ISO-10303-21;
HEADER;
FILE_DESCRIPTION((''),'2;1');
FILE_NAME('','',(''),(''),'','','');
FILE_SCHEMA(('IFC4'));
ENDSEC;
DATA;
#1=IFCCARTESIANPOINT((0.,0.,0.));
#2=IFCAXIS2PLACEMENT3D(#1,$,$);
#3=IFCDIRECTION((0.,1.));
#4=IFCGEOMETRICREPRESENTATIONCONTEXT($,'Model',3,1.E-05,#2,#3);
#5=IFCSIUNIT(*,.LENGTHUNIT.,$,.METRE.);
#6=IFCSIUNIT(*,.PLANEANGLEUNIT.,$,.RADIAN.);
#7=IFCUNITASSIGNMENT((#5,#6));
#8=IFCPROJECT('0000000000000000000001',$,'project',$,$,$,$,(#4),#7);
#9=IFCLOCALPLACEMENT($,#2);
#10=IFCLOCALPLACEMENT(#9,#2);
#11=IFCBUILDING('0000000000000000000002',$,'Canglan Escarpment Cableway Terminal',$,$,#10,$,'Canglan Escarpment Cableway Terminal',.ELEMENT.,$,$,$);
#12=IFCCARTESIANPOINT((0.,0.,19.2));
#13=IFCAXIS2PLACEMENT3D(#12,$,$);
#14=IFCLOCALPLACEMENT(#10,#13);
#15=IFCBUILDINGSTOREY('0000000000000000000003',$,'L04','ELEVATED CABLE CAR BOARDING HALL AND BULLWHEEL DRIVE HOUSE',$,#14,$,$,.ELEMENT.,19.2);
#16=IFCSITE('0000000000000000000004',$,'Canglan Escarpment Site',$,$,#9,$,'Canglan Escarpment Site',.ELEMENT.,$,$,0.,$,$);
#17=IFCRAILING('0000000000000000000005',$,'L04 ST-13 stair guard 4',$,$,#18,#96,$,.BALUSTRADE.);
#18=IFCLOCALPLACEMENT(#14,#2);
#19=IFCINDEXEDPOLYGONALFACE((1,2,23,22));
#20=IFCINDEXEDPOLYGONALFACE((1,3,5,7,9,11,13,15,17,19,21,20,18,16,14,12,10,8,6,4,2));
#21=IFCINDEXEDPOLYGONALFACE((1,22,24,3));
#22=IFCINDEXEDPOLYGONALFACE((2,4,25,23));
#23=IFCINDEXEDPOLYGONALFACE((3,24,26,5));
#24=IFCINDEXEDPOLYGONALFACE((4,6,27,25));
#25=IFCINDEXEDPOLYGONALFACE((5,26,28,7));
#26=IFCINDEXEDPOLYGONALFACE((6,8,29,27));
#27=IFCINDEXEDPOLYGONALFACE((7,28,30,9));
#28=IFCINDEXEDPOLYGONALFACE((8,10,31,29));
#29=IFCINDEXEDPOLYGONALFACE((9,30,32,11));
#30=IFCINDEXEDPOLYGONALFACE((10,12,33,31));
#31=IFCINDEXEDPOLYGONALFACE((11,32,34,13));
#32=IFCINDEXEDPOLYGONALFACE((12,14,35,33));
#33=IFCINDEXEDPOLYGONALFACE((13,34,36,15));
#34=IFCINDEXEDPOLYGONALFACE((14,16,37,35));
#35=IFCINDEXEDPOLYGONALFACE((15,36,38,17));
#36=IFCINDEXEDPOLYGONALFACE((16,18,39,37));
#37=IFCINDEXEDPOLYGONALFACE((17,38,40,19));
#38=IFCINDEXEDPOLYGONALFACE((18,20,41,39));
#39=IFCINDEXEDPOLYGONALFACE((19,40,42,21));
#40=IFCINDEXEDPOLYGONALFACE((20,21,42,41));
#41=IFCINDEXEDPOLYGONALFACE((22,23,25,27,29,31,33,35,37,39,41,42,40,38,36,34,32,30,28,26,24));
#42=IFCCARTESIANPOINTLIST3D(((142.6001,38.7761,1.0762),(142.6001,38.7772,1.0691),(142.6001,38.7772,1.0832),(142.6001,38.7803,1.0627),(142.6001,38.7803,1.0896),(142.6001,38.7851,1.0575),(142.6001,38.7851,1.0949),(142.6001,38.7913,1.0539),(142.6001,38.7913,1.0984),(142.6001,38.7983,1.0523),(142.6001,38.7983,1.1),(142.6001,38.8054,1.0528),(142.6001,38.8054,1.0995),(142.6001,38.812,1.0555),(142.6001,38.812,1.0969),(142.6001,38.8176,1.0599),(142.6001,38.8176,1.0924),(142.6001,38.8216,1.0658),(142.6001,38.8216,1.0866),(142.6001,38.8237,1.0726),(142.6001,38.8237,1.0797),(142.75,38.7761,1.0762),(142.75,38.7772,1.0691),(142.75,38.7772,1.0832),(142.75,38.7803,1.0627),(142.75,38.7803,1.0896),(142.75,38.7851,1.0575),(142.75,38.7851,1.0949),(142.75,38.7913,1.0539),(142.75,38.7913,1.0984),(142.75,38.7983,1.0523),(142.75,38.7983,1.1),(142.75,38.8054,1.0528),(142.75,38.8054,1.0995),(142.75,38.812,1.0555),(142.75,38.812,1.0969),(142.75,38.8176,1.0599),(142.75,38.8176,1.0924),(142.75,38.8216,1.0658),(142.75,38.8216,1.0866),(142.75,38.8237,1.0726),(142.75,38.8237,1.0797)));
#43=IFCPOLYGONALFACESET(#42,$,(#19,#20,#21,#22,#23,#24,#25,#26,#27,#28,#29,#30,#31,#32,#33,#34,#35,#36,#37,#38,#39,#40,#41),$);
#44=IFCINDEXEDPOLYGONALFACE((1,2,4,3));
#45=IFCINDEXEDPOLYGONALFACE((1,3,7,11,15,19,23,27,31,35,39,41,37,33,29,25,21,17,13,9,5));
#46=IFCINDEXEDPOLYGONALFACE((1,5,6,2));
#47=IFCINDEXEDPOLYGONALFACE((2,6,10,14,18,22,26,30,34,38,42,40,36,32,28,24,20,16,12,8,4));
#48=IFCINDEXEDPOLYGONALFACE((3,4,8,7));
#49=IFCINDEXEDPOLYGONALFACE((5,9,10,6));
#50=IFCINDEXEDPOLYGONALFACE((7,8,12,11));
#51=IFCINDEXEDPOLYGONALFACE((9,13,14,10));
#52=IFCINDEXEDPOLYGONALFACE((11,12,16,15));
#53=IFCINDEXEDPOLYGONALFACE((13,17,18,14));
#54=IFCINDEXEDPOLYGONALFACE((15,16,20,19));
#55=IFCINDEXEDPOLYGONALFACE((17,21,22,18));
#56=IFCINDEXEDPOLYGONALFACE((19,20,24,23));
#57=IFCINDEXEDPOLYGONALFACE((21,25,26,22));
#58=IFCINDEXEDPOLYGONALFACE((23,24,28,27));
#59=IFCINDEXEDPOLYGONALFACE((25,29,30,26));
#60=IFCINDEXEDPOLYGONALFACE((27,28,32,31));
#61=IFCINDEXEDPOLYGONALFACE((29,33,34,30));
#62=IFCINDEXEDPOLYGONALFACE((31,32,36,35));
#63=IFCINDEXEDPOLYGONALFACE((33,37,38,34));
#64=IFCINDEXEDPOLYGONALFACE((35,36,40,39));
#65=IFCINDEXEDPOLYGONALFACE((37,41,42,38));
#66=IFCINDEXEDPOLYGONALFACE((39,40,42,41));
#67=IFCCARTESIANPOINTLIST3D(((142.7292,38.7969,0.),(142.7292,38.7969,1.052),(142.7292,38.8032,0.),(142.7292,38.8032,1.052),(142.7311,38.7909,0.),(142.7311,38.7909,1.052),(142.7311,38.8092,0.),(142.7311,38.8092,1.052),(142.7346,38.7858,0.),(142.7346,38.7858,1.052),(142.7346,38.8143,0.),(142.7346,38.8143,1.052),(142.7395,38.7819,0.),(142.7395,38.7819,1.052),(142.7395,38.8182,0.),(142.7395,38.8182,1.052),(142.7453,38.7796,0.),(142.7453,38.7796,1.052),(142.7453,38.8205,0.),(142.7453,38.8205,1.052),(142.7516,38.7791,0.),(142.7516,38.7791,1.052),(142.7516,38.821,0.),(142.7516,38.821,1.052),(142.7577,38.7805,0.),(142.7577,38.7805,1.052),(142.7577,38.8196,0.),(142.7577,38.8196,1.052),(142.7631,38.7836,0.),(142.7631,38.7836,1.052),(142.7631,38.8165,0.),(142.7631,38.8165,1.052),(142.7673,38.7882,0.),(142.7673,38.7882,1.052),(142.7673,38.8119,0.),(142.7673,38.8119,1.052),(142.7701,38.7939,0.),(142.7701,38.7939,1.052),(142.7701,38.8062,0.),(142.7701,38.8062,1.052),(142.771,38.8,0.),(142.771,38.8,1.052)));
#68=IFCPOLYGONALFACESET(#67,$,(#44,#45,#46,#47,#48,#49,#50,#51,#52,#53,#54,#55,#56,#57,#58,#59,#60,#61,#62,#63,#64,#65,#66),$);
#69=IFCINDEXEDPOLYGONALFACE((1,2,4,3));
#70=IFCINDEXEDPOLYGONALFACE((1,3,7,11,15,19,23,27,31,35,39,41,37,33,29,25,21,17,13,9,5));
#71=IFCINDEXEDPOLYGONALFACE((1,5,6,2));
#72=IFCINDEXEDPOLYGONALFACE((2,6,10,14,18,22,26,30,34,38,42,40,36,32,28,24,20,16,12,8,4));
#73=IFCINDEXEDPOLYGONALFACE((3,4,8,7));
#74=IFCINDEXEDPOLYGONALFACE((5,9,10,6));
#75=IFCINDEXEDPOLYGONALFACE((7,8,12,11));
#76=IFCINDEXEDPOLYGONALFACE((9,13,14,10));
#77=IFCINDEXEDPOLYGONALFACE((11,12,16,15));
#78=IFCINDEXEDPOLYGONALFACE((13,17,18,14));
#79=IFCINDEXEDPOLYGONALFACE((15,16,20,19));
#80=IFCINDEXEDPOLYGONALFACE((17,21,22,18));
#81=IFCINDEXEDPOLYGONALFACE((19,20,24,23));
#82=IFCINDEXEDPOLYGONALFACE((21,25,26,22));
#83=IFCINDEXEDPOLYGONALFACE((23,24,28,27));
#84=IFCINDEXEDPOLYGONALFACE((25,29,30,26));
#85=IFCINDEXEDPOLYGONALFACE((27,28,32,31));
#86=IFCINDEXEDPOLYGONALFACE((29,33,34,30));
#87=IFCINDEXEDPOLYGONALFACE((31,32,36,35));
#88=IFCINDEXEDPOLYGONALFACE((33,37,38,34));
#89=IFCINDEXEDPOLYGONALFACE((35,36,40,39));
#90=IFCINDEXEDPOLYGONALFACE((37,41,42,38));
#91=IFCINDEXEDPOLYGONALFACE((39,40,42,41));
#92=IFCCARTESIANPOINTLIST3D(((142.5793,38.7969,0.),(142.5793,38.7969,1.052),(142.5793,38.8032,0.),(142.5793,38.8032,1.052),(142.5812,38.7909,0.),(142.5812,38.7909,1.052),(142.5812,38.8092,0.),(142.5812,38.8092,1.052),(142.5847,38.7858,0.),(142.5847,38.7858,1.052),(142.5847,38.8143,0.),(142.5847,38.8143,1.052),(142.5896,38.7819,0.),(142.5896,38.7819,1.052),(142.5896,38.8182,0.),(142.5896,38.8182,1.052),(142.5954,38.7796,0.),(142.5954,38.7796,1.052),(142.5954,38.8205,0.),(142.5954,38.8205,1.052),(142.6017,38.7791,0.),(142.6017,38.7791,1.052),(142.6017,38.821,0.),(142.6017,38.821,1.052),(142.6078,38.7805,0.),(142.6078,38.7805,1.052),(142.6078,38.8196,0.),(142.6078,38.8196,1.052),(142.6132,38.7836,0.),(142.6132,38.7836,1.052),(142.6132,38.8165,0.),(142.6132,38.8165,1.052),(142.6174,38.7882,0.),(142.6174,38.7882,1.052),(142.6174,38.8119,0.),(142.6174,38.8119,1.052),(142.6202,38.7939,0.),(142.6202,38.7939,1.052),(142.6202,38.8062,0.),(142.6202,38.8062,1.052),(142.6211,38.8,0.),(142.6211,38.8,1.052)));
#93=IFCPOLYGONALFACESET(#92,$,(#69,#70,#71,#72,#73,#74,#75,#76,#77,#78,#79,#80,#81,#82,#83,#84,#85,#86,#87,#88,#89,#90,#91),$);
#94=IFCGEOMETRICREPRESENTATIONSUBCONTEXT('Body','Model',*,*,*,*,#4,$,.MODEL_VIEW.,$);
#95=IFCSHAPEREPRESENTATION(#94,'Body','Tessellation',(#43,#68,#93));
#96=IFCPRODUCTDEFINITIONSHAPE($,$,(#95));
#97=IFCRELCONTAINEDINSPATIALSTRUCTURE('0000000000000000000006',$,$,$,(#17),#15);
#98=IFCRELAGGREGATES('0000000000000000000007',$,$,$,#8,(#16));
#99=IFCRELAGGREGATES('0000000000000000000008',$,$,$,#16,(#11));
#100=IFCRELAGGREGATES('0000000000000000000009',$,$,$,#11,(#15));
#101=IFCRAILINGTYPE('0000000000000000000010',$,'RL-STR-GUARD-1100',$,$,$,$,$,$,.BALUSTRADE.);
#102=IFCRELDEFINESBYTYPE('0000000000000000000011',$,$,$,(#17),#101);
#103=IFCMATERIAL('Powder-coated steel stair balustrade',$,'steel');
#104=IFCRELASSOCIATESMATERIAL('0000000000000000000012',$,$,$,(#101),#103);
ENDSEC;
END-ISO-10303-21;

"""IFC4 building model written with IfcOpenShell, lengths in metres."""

from ifc_helpers import new_model, si_unit, direction, frame, origin, origin_2d, place, context, subcontext, project, spatial, circle, extrude, material, type_object, element, save


model = new_model("IFC4")

# Units and contexts
model_context = context("Model", 3, precision=1e-05, world=origin(), true_north=direction((0.0, 1.0)))
body_context = subcontext(model_context, "Body", "Model", "MODEL_VIEW")
ifc_project = project(units=[si_unit("LENGTHUNIT", "METRE"), si_unit("PLANEANGLEUNIT", "RADIAN")], contexts=[model_context])

# Site, building, storey
site_placement = place(None, origin())
site = spatial("IfcSite", under=ifc_project, at=site_placement, Name="Canglan Escarpment Site", LongName="Canglan Escarpment Site", CompositionType="ELEMENT", RefElevation=0.0)
building_placement = place(site_placement, origin())
building = spatial("IfcBuilding", under=site, at=building_placement, Name="Canglan Escarpment Cableway Terminal", LongName="Canglan Escarpment Cableway Terminal", CompositionType="ELEMENT")
storey_placement = place(building_placement, frame((0.0, 0.0, 19.2)))
storey = spatial("IfcBuildingStorey", under=building, at=storey_placement, Name="L04", Description="ELEVATED CABLE CAR BOARDING HALL AND BULLWHEEL DRIVE HOUSE", CompositionType="ELEMENT", Elevation=19.2)

# Railing
ifc_material_1 = material(Name="Powder-coated steel stair balustrade", Category="steel")
railing_type_1 = type_object("IfcRailingType", Name="RL-STR-GUARD-1100", PredefinedType="BALUSTRADE", material=ifc_material_1)
railing_1_placement = place(storey_placement, frame((142.75, 38.8, 0.0)))
element("IfcRailing", 1, at=railing_1_placement, inside=storey, type_object=railing_type_1, Name="L04 ST-13 stair guard 4", PredefinedType="BALUSTRADE", context=body_context, shape_type="SweptSolid", body=[
    extrude(circle(Radius=0.0239, at=origin_2d()), frame((0.0, 0.0, 1.0762), z_axis=(-1.0, 0.0, 0.0), x_axis=(0.0, -1.0, 0.0)), (0.0, 0.0, 1.0), 0.1499),
    extrude(circle(Radius=0.021, at=origin_2d()), origin(), (0.0, 0.0, 1.0), 1.052),
    extrude(circle(Radius=0.021, at=origin_2d()), frame((-0.1499, 0.0, 0.0)), (0.0, 0.0, 1.0), 1.052),
])

save(model, "model.ifc")
